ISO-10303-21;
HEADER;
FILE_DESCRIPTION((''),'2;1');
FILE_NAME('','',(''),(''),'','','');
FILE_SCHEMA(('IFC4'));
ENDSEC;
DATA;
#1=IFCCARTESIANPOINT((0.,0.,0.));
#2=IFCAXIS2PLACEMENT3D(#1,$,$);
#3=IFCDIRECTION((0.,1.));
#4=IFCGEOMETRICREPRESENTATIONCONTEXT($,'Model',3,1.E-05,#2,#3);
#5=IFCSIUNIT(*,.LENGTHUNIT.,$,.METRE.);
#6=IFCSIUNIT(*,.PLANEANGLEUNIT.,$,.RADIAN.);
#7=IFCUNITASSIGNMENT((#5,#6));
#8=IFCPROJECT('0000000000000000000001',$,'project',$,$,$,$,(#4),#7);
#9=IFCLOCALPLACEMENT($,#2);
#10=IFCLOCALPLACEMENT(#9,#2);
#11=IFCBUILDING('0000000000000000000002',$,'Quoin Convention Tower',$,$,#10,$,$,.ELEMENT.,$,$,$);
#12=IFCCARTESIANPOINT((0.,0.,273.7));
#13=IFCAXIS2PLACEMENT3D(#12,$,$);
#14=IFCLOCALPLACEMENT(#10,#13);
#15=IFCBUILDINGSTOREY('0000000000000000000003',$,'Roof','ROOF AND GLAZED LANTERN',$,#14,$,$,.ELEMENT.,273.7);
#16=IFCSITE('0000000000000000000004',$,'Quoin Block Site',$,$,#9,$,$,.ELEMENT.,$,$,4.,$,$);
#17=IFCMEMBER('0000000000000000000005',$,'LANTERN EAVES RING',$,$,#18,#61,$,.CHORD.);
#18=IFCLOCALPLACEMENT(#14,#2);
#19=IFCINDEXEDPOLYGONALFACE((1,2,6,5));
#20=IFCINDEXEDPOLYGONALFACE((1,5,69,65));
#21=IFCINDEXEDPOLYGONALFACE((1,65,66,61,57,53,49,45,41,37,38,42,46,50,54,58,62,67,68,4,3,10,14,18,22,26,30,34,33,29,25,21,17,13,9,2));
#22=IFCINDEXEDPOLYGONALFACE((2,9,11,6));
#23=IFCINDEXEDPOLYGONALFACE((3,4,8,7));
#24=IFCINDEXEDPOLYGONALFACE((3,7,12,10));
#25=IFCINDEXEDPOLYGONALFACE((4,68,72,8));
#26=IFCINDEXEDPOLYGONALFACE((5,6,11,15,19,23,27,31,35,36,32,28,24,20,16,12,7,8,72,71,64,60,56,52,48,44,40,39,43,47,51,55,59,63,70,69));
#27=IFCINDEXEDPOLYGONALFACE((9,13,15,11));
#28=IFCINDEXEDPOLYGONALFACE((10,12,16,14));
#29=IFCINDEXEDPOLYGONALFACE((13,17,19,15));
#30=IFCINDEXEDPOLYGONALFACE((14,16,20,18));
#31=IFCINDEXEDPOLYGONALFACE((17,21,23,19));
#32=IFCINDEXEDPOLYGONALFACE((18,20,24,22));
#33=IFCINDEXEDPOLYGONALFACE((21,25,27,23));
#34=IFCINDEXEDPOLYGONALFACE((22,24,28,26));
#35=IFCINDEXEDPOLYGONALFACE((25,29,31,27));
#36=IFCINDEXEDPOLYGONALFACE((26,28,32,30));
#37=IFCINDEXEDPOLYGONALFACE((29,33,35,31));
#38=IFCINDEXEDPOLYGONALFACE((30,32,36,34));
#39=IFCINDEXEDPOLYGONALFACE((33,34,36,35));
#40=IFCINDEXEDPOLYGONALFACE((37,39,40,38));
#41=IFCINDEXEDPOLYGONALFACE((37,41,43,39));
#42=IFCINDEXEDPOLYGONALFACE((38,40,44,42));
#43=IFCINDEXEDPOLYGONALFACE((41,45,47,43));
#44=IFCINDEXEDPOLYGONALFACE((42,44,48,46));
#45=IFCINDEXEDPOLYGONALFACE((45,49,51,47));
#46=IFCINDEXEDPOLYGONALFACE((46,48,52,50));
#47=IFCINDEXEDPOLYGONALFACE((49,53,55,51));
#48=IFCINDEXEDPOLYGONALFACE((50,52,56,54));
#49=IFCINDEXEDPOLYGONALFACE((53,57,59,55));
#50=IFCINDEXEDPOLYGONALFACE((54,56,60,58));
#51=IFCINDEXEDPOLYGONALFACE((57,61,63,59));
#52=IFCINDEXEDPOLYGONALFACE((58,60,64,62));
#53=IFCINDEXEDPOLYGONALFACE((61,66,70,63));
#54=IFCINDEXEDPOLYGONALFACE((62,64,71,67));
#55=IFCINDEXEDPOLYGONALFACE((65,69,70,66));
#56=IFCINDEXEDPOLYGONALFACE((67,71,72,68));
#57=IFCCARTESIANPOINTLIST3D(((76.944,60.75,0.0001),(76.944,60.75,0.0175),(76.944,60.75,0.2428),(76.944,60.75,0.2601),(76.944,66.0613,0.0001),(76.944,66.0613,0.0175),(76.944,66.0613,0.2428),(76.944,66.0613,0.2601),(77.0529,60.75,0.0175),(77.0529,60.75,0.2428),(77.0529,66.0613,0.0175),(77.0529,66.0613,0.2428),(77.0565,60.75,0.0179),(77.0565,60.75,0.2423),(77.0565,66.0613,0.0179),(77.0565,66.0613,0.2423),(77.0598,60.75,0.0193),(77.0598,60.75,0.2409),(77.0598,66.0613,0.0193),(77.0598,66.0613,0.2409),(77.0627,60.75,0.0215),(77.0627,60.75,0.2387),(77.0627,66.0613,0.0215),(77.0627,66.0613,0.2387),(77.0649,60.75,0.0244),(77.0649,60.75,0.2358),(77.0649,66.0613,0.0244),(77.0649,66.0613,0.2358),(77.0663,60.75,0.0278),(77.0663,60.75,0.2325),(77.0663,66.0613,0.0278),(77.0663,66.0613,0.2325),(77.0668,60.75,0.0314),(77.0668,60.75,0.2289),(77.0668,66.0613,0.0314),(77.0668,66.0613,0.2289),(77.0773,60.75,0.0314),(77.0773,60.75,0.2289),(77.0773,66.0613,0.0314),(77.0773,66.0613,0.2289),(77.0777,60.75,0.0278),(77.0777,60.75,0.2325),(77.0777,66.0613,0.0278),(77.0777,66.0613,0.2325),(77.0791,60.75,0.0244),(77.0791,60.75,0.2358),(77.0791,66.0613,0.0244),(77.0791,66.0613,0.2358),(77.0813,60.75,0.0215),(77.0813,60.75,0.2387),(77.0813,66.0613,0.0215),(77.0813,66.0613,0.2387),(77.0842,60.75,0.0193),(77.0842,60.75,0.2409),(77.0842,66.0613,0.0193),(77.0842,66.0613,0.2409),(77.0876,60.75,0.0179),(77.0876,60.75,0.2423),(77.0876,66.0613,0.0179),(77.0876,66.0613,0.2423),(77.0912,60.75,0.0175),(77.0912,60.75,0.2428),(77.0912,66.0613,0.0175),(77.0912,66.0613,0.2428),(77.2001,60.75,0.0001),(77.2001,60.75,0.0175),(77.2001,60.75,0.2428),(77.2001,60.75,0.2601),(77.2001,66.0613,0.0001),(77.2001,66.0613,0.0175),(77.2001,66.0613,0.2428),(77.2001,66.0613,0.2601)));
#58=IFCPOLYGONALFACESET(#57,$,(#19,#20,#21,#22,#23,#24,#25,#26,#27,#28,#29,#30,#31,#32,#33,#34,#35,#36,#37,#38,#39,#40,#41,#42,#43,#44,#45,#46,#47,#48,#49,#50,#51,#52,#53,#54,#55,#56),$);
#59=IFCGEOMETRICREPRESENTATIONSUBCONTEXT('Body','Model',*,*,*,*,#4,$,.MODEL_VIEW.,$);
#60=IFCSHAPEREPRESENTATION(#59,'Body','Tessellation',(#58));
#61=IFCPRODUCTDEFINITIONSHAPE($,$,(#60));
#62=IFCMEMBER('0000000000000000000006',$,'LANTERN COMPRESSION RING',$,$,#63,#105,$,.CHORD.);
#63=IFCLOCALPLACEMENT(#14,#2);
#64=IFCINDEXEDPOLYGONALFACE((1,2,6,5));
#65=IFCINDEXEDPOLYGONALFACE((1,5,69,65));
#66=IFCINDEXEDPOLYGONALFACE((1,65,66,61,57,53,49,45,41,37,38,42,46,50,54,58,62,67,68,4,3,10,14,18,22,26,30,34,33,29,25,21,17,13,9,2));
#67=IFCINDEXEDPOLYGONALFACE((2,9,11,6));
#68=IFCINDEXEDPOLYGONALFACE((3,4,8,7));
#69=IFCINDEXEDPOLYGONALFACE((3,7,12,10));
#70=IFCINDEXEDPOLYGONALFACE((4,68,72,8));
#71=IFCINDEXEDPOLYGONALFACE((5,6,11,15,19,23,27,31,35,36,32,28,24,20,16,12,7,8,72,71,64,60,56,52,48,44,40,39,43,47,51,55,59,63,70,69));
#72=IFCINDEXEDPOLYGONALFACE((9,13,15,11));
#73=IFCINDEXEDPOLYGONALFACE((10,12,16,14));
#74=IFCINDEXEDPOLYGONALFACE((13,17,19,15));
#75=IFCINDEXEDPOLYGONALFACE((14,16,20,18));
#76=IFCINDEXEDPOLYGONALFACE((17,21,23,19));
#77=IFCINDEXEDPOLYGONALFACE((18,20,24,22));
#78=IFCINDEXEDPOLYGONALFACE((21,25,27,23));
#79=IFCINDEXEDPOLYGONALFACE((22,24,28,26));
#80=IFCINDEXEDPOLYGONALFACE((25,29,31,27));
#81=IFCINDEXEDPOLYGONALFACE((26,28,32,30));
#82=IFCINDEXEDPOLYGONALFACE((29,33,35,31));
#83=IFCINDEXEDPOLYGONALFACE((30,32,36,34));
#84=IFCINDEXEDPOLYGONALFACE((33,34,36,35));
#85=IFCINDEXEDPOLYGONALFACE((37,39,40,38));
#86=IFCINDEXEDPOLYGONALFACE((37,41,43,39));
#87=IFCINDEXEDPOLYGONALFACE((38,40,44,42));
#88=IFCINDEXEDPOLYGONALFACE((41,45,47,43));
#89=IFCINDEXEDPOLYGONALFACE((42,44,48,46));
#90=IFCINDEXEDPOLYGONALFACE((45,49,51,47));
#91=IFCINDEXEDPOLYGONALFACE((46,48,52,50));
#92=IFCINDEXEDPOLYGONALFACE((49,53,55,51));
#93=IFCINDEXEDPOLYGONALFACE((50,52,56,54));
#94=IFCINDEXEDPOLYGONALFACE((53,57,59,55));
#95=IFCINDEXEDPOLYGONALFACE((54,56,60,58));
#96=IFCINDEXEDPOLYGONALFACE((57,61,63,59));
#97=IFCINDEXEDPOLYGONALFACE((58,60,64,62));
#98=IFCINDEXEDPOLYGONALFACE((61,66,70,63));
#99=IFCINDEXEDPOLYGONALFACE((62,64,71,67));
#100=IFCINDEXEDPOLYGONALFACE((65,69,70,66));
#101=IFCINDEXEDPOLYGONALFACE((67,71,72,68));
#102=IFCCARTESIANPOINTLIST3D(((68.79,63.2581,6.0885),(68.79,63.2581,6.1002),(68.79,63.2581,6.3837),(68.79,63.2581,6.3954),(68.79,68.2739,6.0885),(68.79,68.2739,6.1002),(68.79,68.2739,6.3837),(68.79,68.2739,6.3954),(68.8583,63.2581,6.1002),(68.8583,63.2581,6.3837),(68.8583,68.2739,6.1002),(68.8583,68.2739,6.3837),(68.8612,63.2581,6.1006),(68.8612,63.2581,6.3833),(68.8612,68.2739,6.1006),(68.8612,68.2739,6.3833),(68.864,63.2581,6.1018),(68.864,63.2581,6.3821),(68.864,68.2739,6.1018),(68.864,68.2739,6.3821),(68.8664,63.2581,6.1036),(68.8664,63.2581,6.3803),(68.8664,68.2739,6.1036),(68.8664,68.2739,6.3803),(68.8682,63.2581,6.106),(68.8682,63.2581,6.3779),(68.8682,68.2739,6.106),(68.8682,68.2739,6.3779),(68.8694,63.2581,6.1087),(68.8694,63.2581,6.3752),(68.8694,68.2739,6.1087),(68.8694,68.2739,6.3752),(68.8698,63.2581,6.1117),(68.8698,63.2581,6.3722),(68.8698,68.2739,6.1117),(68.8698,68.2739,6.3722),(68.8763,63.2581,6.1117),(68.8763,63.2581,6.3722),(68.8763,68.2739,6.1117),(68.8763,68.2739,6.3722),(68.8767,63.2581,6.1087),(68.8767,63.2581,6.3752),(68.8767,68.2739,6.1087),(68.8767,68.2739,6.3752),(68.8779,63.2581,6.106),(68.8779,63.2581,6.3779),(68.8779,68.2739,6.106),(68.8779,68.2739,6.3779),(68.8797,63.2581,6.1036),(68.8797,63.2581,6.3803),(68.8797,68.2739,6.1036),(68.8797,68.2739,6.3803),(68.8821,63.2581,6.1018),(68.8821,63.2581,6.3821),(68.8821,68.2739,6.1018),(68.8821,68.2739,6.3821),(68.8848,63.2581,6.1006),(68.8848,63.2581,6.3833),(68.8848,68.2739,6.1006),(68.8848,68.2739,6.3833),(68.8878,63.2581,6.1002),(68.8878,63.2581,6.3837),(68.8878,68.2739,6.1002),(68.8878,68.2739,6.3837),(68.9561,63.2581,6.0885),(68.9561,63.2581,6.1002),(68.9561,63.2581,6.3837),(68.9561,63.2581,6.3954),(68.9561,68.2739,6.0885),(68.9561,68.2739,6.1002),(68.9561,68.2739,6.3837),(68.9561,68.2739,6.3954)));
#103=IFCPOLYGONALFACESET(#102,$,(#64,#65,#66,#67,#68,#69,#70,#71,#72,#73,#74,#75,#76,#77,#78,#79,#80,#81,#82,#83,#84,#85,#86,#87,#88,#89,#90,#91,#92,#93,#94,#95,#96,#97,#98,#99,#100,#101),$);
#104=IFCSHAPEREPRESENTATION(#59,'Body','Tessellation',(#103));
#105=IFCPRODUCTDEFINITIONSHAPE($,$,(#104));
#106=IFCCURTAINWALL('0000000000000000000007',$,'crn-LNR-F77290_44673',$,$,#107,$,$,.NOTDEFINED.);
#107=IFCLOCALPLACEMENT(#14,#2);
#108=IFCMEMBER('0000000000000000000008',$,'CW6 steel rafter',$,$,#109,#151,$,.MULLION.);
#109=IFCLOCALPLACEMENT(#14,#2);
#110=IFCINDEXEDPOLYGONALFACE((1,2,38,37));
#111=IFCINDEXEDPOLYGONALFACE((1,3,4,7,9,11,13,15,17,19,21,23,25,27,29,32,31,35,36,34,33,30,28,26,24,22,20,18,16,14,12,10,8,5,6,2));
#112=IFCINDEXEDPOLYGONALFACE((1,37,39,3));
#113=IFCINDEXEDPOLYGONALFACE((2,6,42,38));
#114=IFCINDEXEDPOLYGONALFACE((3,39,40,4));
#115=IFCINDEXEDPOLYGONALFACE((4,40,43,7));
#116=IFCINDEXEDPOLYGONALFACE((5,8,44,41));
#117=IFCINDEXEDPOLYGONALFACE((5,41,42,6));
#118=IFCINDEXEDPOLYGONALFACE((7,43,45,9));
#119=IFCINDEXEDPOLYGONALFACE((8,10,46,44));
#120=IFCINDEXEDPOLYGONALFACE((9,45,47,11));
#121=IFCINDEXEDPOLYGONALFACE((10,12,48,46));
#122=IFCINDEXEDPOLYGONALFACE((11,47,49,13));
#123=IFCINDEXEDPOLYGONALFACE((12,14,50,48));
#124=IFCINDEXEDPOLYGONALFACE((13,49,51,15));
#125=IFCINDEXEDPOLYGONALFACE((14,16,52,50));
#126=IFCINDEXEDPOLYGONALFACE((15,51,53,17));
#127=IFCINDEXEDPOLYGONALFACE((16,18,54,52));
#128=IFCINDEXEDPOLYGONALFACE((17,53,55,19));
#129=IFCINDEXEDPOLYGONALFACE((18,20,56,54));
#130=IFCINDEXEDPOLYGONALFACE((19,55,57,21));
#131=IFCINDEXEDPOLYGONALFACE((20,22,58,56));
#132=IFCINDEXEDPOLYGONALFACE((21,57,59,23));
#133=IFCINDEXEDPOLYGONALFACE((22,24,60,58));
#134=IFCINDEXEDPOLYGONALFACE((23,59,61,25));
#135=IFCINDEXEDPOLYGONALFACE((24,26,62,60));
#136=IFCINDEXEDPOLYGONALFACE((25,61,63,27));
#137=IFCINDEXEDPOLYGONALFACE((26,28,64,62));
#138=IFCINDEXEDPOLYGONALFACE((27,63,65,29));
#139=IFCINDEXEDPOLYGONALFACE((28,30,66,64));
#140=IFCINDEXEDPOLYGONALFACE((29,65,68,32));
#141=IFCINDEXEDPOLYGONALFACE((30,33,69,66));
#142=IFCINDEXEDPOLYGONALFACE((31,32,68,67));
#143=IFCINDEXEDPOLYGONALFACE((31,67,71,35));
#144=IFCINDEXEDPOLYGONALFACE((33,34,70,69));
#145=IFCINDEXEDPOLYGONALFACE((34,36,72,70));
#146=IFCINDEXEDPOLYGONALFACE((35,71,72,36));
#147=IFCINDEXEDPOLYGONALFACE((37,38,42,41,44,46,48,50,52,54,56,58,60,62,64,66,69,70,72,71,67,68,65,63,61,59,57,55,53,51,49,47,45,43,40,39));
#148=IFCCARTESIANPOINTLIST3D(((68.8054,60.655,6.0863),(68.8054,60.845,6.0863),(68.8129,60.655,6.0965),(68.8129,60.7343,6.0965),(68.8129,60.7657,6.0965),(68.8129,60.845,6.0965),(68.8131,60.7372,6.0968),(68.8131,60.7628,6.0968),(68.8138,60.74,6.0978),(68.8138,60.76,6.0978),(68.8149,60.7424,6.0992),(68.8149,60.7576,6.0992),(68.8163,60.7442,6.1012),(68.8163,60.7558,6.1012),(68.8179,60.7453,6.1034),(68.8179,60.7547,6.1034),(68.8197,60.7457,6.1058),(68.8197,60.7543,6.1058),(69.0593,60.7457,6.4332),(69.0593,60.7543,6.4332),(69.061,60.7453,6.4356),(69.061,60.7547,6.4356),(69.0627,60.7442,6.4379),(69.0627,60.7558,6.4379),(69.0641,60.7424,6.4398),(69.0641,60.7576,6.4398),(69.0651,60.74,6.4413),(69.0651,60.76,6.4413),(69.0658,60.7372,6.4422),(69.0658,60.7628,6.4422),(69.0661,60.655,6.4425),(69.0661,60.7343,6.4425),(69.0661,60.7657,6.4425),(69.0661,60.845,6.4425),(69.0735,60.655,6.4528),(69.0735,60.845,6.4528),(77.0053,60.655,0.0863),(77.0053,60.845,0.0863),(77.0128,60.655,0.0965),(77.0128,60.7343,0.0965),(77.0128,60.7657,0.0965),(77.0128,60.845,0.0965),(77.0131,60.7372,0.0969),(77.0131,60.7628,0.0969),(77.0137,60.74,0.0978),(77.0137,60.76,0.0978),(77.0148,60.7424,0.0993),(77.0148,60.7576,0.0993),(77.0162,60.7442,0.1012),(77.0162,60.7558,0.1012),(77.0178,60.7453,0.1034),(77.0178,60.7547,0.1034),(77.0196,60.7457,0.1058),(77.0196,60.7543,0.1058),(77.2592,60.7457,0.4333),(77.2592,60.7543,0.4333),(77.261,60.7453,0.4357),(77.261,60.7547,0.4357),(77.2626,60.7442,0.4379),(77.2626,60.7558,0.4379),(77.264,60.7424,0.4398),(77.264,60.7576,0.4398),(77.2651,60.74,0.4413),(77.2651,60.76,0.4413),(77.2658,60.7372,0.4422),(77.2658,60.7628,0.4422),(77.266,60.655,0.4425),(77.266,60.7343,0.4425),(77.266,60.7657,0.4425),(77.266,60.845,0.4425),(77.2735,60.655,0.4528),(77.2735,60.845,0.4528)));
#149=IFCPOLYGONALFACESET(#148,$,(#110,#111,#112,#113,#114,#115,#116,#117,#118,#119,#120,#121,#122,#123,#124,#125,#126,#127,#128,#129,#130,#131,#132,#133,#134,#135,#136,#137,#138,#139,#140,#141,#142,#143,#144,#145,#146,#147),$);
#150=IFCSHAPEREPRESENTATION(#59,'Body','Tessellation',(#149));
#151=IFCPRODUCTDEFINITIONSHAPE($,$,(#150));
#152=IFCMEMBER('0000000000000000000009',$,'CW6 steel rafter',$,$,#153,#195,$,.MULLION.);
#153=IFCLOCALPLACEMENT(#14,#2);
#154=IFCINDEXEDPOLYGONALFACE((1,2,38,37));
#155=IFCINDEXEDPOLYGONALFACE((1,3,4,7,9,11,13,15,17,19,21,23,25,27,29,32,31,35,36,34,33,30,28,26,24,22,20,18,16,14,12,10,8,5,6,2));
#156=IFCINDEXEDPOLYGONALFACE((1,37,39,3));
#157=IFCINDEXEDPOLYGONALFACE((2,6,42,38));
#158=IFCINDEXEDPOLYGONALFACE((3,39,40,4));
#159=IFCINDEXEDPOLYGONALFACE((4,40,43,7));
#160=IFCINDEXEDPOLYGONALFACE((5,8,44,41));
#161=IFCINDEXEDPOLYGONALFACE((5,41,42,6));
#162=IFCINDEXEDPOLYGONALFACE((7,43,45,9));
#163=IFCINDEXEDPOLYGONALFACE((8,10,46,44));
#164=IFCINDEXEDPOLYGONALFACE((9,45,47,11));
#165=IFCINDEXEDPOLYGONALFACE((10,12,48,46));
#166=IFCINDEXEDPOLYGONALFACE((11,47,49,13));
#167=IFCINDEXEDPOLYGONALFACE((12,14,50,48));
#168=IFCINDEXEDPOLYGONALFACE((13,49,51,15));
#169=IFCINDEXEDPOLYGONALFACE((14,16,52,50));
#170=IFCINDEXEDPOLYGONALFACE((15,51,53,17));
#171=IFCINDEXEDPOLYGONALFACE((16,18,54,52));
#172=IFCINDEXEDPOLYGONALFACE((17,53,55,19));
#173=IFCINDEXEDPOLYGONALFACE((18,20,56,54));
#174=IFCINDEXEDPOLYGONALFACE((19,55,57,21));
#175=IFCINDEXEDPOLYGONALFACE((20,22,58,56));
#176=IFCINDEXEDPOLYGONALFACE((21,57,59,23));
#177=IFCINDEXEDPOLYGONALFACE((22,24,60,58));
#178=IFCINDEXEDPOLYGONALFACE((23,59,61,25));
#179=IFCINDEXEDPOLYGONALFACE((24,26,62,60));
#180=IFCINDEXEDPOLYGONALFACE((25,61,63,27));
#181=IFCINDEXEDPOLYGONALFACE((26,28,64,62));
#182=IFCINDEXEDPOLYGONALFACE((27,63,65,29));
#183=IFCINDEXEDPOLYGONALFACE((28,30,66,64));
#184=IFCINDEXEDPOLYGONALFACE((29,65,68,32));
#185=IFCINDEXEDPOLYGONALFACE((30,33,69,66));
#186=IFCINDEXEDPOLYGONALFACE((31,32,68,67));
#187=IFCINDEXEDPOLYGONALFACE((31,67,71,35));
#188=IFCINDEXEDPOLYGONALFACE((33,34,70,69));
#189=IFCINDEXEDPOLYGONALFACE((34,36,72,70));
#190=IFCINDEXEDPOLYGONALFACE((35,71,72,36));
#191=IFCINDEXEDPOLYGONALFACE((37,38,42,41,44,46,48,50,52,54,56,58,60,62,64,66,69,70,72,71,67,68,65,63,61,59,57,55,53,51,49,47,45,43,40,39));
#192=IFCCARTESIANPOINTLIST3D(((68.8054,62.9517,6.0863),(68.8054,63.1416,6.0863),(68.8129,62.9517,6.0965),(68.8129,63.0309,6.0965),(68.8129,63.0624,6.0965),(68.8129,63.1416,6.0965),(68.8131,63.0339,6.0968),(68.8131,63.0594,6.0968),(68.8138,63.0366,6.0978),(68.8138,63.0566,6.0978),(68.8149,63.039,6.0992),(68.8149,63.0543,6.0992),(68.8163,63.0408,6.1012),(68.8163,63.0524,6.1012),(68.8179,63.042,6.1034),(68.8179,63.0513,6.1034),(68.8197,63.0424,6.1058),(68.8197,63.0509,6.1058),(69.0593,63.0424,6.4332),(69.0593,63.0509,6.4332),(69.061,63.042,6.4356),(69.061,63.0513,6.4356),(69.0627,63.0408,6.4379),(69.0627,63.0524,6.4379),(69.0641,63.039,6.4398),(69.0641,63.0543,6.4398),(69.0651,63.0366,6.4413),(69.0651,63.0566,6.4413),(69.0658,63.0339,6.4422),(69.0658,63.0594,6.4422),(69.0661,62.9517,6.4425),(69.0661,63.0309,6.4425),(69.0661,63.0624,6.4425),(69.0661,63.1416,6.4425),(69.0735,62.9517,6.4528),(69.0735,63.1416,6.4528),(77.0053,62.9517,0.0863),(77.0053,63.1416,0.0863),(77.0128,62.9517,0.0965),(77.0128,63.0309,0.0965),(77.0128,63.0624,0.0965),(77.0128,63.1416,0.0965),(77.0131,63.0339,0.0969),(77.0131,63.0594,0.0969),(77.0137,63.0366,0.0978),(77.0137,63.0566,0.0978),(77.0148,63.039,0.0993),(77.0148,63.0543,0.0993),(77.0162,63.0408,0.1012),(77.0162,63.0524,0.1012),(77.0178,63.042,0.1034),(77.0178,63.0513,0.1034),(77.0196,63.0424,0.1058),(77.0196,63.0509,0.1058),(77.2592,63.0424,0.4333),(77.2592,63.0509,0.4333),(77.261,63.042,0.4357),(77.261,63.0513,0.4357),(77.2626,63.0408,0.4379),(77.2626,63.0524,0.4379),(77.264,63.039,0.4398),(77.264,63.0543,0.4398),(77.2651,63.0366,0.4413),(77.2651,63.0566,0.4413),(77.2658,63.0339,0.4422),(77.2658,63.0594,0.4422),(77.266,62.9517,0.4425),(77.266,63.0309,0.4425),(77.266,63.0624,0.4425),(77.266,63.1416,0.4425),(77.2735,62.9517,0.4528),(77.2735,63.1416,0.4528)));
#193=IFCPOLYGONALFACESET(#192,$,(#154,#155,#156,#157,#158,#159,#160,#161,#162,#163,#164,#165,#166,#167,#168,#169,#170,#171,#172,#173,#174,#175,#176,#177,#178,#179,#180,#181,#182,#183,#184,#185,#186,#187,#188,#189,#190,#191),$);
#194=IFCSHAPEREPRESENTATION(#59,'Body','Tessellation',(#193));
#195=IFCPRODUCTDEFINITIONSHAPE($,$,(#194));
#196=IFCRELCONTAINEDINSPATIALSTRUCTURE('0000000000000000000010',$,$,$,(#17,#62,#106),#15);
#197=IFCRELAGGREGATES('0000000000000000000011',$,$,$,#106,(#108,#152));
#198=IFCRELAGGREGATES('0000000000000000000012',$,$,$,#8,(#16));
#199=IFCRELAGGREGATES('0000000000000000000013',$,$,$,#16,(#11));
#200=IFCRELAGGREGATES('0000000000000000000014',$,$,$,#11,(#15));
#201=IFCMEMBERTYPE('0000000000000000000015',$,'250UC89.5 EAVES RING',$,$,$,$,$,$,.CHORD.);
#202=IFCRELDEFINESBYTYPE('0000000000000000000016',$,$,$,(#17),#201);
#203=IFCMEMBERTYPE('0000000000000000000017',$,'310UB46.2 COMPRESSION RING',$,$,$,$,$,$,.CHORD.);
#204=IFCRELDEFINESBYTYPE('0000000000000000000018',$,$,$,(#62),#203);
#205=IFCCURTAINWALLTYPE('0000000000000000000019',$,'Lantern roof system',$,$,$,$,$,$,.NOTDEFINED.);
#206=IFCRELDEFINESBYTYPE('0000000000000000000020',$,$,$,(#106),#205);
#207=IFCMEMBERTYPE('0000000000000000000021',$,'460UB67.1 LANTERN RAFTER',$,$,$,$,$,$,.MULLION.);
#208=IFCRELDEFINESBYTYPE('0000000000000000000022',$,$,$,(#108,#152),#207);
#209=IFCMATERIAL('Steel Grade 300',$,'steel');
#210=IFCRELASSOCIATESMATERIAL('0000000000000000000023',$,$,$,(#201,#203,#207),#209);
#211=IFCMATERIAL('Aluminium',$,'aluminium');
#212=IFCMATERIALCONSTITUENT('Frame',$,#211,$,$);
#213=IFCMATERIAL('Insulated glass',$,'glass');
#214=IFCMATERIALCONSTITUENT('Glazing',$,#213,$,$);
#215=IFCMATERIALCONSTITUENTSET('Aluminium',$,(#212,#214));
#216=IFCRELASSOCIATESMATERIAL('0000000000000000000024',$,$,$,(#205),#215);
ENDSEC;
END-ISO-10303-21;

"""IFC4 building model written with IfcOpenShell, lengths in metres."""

from ifc_helpers import new_model, si_unit, direction, frame, origin, origin_2d, place, context, subcontext, project, spatial, i_section, extrude, material, constituent, constituent_set, material_profile, profile_set, type_object, element, aggregate, save


model = new_model("IFC4")

# Units and contexts
model_context = context("Model", 3, precision=1e-05, world=origin(), true_north=direction((0.0, 1.0)))
body_context = subcontext(model_context, "Body", "Model", "MODEL_VIEW")
ifc_project = project(units=[si_unit("LENGTHUNIT", "METRE"), si_unit("PLANEANGLEUNIT", "RADIAN")], contexts=[model_context])

# Site, building, storey
site_placement = place(None, origin())
site = spatial("IfcSite", under=ifc_project, at=site_placement, Name="Quoin Block Site", CompositionType="ELEMENT", RefElevation=4.0)
building_placement = place(site_placement, origin())
building = spatial("IfcBuilding", under=site, at=building_placement, Name="Quoin Convention Tower", CompositionType="ELEMENT")
storey_placement = place(building_placement, frame((0.0, 0.0, 273.7)))
storey = spatial("IfcBuildingStorey", under=building, at=storey_placement, Name="Roof", Description="ROOF AND GLAZED LANTERN", CompositionType="ELEMENT", Elevation=273.7)

# Members
ifc_material_1 = material(Name="Steel Grade 300", Category="steel")
ifc_material_profile_1 = material_profile(ifc_material_1, i_section(OverallWidth=0.2561, OverallDepth=0.26, WebThickness=0.0105, FlangeThickness=0.0173, FilletRadius=0.0139, at=origin_2d()), Name="250UC89.5")
ifc_profile_set_1 = profile_set([ifc_material_profile_1], Name="Steel Grade 300")
member_type_1 = type_object("IfcMemberType", Name="250UC89.5 EAVES RING", PredefinedType="CHORD", material=ifc_profile_set_1)
member_1_placement = place(storey_placement, frame((77.072, 60.75, 0.1301), z_axis=(0.0, 1.0, 0.0), x_axis=(-1.0, 0.0, 0.0)))
element("IfcMember", 1, at=member_1_placement, inside=storey, type_object=member_type_1, Name="LANTERN EAVES RING", PredefinedType="CHORD", context=body_context, shape_type="SweptSolid", body=[
    extrude(i_section(OverallWidth=0.2561, OverallDepth=0.26, WebThickness=0.0105, FlangeThickness=0.0173, FilletRadius=0.0139, at=origin_2d()), origin(), (0.0, 0.0, 1.0), 5.3113),
])
ifc_material_profile_2 = material_profile(ifc_material_1, i_section(OverallWidth=0.166, OverallDepth=0.3069, WebThickness=0.0066, FlangeThickness=0.0117, FilletRadius=0.0115, at=origin_2d()), Name="310UB46.2")
ifc_profile_set_2 = profile_set([ifc_material_profile_2], Name="Steel Grade 300")
member_type_2 = type_object("IfcMemberType", Name="310UB46.2 COMPRESSION RING", PredefinedType="CHORD", material=ifc_profile_set_2)
member_2_placement = place(storey_placement, frame((68.873, 63.2581, 6.2419), z_axis=(0.0, 1.0, 0.0), x_axis=(-1.0, 0.0, 0.0)))
element("IfcMember", 2, at=member_2_placement, inside=storey, type_object=member_type_2, Name="LANTERN COMPRESSION RING", PredefinedType="CHORD", context=body_context, shape_type="SweptSolid", body=[
    extrude(i_section(OverallWidth=0.166, OverallDepth=0.3069, WebThickness=0.0066, FlangeThickness=0.0117, FilletRadius=0.0115, at=origin_2d()), origin(), (0.0, 0.0, 1.0), 5.0159),
])

# Curtain wall, members
ifc_material_2 = material(Name="Aluminium", Category="aluminium")
ifc_constituent_1 = constituent(ifc_material_2, Name="Frame")
ifc_material_3 = material(Name="Insulated glass", Category="glass")
ifc_constituent_2 = constituent(ifc_material_3, Name="Glazing")
ifc_constituent_set = constituent_set(constituents=[ifc_constituent_1, ifc_constituent_2], Name="Aluminium")
curtain_wall_type = type_object("IfcCurtainWallType", Name="Lantern roof system", PredefinedType="NOTDEFINED", material=ifc_constituent_set)
curtain_wall_1_placement = place(storey_placement, origin())
curtain_wall_1 = element("IfcCurtainWall", 3, at=curtain_wall_1_placement, inside=storey, type_object=curtain_wall_type, Name="crn-LNR-F77290_44673", PredefinedType="NOTDEFINED")
ifc_material_profile_3 = material_profile(ifc_material_1, i_section(OverallWidth=0.1899, OverallDepth=0.4541, WebThickness=0.0085, FlangeThickness=0.0127, FilletRadius=0.0115, at=origin_2d()), Name="460UB67.1")
ifc_profile_set_3 = profile_set([ifc_material_profile_3], Name="Steel Grade 300")
member_type_3 = type_object("IfcMemberType", Name="460UB67.1 LANTERN RAFTER", PredefinedType="MULLION", material=ifc_profile_set_3)
member_3_placement = place(storey_placement, frame((77.1394, 60.75, 0.2695), z_axis=(-0.807029, 0.0, 0.590512), x_axis=(0.0, -1.0, 0.0)))
member_3 = element("IfcMember", 4, at=member_3_placement, type_object=member_type_3, Name="CW6 steel rafter", PredefinedType="MULLION", context=body_context, shape_type="SweptSolid", body=[
    extrude(i_section(OverallWidth=0.1899, OverallDepth=0.4541, WebThickness=0.0085, FlangeThickness=0.0127, FilletRadius=0.0115, at=origin_2d()), origin(), (0.0, 0.0, 1.0), 10.1606),
])
member_4_placement = place(storey_placement, frame((77.1394, 63.0466, 0.2695), z_axis=(-0.807029, 0.0, 0.590512), x_axis=(0.0, -1.0, 0.0)))
member_4 = element("IfcMember", 5, at=member_4_placement, type_object=member_type_3, Name="CW6 steel rafter", PredefinedType="MULLION", context=body_context, shape_type="SweptSolid", body=[
    extrude(i_section(OverallWidth=0.1899, OverallDepth=0.4541, WebThickness=0.0085, FlangeThickness=0.0127, FilletRadius=0.0115, at=origin_2d()), origin(), (0.0, 0.0, 1.0), 10.1606),
])

aggregate(curtain_wall_1, [member_3, member_4])

save(model, "model.ifc")
